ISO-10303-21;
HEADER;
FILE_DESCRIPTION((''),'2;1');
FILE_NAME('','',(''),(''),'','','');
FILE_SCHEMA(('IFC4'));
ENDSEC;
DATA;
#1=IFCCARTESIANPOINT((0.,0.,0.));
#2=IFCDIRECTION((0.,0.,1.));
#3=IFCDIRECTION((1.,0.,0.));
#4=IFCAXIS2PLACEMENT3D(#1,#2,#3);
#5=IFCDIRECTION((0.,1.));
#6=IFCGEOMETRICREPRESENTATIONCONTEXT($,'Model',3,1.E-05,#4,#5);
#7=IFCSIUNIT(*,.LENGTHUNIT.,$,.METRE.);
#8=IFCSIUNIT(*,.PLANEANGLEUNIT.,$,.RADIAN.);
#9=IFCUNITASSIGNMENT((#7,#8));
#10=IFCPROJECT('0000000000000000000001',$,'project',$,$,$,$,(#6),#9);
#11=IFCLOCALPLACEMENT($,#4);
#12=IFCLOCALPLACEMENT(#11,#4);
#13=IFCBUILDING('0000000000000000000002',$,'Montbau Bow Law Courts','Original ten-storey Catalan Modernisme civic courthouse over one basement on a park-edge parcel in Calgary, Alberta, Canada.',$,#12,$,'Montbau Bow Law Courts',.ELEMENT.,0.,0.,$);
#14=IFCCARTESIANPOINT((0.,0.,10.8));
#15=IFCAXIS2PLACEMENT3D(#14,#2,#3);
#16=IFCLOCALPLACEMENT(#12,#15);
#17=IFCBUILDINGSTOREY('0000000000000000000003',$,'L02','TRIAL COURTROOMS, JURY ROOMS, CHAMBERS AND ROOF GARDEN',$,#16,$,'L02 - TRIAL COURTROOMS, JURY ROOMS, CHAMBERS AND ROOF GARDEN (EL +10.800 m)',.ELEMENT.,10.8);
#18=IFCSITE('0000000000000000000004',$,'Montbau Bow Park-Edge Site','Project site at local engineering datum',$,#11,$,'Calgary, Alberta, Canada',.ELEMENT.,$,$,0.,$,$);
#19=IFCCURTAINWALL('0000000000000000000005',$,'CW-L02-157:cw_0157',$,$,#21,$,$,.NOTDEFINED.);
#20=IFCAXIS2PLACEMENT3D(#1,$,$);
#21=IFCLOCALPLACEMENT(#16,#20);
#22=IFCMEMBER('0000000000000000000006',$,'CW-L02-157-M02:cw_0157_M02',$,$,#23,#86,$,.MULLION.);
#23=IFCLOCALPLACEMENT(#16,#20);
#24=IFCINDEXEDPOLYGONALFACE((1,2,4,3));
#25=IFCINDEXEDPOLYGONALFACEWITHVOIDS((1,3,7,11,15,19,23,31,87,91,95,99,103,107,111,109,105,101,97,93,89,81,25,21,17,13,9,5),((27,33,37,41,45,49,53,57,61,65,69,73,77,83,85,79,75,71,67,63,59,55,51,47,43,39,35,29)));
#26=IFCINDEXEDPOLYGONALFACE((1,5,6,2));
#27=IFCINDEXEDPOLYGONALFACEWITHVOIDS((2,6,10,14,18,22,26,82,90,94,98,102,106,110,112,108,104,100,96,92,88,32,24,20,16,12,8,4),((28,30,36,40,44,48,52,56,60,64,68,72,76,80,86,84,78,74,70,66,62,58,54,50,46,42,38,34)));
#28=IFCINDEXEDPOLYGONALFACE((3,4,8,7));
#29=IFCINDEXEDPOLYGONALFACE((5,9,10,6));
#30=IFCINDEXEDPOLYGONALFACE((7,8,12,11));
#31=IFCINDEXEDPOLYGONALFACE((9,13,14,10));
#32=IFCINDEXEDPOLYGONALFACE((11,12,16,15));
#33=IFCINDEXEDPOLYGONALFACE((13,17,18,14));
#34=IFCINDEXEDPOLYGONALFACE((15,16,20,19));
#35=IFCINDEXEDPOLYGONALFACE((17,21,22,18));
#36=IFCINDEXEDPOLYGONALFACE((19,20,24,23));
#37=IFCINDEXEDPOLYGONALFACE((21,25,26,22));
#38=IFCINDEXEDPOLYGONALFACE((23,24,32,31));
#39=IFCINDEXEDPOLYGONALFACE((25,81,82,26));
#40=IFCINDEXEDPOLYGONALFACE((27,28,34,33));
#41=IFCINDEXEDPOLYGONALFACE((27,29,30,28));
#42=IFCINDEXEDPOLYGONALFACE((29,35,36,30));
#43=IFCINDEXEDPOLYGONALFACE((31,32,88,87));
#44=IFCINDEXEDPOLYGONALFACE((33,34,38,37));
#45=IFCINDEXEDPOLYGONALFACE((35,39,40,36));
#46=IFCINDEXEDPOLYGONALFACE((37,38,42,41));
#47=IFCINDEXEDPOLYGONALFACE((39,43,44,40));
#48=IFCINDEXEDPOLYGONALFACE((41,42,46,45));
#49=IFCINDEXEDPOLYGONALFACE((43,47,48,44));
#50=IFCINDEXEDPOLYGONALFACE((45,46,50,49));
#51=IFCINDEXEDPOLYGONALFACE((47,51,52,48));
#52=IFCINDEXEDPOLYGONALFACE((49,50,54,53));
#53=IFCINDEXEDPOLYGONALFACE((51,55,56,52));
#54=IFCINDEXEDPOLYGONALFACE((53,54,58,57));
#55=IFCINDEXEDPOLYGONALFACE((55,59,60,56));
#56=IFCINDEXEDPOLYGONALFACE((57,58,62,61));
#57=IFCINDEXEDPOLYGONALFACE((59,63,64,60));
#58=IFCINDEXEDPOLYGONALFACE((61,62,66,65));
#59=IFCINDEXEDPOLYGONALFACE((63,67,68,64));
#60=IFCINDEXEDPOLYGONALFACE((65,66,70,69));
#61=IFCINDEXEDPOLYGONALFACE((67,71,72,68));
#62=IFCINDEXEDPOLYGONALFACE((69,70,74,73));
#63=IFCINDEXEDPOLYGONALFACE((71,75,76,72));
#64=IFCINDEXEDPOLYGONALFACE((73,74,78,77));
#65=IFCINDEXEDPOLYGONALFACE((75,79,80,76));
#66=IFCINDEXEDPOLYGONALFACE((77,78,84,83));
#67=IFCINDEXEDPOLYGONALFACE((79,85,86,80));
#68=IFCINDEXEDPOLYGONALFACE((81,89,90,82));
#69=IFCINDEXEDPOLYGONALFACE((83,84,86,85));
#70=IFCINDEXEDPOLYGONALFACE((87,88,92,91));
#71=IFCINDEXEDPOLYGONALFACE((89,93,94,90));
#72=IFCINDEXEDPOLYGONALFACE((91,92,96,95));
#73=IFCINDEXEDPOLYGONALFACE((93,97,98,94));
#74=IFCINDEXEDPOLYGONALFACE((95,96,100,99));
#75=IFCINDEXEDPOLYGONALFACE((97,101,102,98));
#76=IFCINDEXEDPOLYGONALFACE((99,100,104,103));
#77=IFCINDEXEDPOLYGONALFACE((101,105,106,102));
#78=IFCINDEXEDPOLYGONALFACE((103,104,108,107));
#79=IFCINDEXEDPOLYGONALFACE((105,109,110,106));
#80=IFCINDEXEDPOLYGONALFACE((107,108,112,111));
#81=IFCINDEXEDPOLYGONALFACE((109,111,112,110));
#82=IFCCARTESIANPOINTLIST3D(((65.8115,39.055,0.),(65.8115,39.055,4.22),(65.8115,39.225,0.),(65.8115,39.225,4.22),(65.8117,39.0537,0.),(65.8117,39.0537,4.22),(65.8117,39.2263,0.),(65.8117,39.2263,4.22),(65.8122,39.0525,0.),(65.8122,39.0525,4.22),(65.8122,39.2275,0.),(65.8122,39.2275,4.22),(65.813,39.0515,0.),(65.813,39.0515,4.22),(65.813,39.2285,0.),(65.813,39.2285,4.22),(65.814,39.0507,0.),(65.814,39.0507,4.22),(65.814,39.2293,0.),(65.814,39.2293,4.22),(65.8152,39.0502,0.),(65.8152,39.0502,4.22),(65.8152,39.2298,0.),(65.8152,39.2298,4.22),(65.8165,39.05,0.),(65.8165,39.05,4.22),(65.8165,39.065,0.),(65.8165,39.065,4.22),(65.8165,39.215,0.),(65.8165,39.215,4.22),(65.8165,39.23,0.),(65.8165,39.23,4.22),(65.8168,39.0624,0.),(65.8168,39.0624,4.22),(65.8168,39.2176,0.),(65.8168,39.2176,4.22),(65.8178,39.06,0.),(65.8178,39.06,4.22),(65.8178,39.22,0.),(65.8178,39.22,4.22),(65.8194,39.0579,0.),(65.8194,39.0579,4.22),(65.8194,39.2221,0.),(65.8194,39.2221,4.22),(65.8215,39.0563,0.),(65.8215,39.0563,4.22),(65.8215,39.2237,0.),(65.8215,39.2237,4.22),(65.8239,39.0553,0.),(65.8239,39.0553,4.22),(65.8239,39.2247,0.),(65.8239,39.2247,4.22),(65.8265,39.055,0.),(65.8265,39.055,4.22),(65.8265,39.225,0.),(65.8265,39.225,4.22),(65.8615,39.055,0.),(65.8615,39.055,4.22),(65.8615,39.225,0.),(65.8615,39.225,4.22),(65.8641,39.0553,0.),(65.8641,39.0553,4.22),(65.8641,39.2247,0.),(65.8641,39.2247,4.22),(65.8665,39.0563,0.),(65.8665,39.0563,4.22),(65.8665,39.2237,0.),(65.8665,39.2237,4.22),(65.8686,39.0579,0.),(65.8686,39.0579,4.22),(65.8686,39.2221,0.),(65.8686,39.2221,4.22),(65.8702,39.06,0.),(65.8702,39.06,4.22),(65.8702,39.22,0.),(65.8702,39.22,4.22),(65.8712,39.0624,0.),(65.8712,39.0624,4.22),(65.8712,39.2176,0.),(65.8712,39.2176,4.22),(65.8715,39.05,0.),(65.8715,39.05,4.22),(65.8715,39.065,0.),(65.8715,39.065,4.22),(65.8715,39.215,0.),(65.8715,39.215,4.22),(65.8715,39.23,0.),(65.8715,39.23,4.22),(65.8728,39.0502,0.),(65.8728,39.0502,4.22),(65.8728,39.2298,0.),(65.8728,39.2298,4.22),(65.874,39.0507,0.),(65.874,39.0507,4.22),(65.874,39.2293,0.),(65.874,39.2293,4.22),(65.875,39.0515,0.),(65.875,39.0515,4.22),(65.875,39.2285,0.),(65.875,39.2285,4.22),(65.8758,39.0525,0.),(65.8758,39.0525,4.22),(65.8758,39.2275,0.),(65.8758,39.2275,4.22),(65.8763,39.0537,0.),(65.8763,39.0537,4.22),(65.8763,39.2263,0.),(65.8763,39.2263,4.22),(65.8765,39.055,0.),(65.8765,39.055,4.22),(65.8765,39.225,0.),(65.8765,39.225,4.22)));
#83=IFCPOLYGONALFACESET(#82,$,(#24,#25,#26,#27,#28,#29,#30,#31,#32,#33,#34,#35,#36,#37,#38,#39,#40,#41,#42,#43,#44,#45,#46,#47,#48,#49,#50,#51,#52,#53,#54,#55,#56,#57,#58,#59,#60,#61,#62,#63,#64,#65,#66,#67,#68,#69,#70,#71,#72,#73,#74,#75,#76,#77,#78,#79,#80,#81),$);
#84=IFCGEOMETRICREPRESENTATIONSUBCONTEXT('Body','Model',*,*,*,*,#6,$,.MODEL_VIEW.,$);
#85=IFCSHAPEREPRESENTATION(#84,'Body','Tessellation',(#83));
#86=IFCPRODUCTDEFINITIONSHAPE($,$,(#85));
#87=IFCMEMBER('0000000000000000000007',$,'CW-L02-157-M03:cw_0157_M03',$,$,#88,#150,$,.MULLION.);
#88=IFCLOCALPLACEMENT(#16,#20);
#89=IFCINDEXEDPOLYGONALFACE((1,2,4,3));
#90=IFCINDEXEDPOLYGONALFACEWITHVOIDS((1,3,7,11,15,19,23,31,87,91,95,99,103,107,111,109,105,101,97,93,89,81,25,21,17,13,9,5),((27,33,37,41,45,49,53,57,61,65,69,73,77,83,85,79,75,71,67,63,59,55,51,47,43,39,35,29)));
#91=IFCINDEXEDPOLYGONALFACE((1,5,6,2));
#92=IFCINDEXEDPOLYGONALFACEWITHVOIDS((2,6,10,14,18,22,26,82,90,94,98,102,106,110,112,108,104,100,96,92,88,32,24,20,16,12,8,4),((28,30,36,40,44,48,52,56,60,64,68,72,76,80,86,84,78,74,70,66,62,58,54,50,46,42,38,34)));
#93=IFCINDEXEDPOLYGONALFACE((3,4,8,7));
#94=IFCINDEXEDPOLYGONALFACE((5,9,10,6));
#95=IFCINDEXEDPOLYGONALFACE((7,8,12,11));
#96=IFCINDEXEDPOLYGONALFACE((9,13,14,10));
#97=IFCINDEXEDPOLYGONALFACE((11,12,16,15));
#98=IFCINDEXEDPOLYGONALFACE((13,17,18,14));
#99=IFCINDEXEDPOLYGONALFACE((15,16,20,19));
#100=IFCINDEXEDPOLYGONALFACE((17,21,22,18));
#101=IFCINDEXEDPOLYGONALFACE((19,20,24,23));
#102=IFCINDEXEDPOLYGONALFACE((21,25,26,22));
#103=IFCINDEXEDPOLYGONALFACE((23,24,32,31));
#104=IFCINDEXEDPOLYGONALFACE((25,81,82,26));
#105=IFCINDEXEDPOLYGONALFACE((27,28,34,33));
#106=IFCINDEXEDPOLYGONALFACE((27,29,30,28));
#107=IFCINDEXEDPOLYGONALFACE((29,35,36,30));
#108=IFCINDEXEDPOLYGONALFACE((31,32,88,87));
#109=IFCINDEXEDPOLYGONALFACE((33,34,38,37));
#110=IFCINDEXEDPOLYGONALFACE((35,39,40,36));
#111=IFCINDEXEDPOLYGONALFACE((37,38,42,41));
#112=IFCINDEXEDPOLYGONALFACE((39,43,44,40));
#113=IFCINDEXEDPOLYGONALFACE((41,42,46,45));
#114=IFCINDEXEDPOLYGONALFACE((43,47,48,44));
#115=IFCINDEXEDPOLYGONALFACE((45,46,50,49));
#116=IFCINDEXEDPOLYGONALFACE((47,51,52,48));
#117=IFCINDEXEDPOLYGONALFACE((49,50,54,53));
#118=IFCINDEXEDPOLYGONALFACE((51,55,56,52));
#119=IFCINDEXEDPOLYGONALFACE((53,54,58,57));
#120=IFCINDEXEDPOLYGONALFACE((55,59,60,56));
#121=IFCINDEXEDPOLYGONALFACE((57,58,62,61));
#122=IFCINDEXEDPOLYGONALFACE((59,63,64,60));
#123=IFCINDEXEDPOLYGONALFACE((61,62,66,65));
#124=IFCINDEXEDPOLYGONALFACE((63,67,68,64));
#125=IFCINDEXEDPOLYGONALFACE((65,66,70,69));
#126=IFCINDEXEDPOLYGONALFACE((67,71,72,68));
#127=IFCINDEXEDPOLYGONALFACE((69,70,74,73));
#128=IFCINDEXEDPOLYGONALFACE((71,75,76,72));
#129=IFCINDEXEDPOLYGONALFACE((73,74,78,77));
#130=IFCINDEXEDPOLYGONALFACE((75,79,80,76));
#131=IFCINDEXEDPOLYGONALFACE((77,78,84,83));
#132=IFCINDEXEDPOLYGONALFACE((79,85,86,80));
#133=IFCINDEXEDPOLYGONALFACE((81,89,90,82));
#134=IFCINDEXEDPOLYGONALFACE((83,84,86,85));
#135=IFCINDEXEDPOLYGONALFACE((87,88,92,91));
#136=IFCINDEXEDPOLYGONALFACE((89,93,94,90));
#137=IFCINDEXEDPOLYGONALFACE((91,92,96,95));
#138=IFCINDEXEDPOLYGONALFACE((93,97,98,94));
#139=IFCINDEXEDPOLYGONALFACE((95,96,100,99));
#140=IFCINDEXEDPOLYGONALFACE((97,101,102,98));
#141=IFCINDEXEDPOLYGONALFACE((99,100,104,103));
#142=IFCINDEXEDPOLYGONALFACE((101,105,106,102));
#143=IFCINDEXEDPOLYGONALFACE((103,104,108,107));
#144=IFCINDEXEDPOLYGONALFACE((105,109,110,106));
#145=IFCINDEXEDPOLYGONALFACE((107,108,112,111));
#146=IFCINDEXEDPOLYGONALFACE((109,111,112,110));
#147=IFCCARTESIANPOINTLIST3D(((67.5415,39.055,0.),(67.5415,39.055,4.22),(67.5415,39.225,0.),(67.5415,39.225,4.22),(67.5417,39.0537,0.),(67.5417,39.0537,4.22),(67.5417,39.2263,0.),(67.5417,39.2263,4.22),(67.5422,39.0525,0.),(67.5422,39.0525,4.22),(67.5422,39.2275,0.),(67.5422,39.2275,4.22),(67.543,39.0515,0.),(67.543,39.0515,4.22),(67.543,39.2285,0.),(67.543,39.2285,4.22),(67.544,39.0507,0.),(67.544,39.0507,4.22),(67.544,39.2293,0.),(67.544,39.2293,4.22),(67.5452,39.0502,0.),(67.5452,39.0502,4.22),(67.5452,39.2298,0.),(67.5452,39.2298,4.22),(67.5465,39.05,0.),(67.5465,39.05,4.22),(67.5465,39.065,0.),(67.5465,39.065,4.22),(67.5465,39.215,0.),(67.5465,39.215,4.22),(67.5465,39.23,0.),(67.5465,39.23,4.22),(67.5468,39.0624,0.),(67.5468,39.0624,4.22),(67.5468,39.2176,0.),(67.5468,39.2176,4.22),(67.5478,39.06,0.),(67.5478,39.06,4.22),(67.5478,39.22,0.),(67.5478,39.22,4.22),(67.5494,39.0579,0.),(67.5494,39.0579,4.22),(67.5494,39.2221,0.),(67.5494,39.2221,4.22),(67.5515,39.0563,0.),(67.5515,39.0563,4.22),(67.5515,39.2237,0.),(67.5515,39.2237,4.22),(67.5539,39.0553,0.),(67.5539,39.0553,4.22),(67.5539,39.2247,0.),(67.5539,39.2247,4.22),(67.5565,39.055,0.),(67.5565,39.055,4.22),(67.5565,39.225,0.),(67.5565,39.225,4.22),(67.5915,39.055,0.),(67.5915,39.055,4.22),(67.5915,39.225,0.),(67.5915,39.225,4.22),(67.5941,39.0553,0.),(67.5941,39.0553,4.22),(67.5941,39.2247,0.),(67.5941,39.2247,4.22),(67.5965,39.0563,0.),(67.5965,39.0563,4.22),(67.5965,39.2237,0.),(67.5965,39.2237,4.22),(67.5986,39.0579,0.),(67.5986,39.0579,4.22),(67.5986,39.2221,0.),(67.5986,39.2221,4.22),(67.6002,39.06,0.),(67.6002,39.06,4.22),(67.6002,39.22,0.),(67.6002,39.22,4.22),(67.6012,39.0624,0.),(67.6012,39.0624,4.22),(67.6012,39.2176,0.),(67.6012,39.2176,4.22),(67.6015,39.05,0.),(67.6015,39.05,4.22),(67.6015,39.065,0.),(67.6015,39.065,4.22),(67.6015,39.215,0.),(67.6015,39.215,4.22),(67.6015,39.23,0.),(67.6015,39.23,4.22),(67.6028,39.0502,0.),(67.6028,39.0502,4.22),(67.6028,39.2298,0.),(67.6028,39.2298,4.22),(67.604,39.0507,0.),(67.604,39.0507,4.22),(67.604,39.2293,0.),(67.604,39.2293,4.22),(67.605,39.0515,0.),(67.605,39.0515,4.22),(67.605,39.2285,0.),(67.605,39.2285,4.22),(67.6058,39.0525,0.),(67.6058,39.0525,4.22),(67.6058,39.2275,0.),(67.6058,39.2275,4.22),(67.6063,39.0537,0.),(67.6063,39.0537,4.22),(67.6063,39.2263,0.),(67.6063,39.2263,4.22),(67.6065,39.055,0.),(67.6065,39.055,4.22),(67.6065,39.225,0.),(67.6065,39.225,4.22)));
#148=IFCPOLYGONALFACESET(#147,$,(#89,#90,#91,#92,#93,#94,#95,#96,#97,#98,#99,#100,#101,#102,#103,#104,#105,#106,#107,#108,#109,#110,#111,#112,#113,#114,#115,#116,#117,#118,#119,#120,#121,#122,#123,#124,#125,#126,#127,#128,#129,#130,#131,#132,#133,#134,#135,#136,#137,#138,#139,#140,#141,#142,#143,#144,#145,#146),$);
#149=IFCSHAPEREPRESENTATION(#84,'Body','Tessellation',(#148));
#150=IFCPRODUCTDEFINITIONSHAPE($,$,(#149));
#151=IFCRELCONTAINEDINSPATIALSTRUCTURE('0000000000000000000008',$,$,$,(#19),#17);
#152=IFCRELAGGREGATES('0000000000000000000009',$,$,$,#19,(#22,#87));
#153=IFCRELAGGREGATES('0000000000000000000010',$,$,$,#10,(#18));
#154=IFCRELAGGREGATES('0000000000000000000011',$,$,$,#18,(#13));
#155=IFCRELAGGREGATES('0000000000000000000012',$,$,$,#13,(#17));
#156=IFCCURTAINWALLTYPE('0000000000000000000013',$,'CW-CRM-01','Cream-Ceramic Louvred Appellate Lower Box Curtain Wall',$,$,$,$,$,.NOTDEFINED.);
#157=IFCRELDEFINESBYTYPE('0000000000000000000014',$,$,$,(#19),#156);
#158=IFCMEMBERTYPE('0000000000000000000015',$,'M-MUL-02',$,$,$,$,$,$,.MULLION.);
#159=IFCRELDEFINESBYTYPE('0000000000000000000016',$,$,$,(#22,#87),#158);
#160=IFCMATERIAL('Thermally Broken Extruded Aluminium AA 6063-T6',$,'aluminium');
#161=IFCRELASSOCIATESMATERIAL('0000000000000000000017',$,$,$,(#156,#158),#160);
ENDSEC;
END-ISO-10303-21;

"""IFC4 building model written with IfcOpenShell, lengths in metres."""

from ifc_helpers import new_model, si_unit, direction, frame, origin_with_axes, origin_2d_with_axis, place, context, subcontext, project, spatial, hollow_rectangle, extrude, material, material_profile, profile_set, type_object, element, aggregate, save


model = new_model("IFC4")

# Units and contexts
model_context = context("Model", 3, precision=1e-05, world=origin_with_axes(), true_north=direction((0.0, 1.0)))
body_context = subcontext(model_context, "Body", "Model", "MODEL_VIEW")
ifc_project = project(units=[si_unit("LENGTHUNIT", "METRE"), si_unit("PLANEANGLEUNIT", "RADIAN")], contexts=[model_context])

# Site, building, storey
site_placement = place(None, origin_with_axes())
site = spatial("IfcSite", under=ifc_project, at=site_placement, Name="Montbau Bow Park-Edge Site", Description="Project site at local engineering datum", LongName="Calgary, Alberta, Canada", CompositionType="ELEMENT", RefElevation=0.0)
building_placement = place(site_placement, origin_with_axes())
building = spatial("IfcBuilding", under=site, at=building_placement, Name="Montbau Bow Law Courts", Description="Original ten-storey Catalan Modernisme civic courthouse over one basement on a park-edge parcel in Calgary, Alberta, Canada.", LongName="Montbau Bow Law Courts", CompositionType="ELEMENT", ElevationOfRefHeight=0.0, ElevationOfTerrain=0.0)
storey_placement = place(building_placement, frame((0.0, 0.0, 10.8), z_axis=(0.0, 0.0, 1.0), x_axis=(1.0, 0.0, 0.0)))
storey = spatial("IfcBuildingStorey", under=building, at=storey_placement, Name="L02", Description="TRIAL COURTROOMS, JURY ROOMS, CHAMBERS AND ROOF GARDEN", LongName="L02 - TRIAL COURTROOMS, JURY ROOMS, CHAMBERS AND ROOF GARDEN (EL +10.800 m)", CompositionType="ELEMENT", Elevation=10.8)

# Curtain wall, members
ifc_material_1 = material(Name="Thermally Broken Extruded Aluminium AA 6063-T6", Category="aluminium")
curtain_wall_type = type_object("IfcCurtainWallType", Name="CW-CRM-01", Description="Cream-Ceramic Louvred Appellate Lower Box Curtain Wall", PredefinedType="NOTDEFINED", material=ifc_material_1)
curtain_wall_placement = place(None, frame((64.115, 39.14, 10.8), z_axis=(0.0, 0.0, 1.0), x_axis=(1.0, 0.0, 0.0)))
curtain_wall = element("IfcCurtainWall", 1, at=curtain_wall_placement, inside=storey, type_object=curtain_wall_type, Name="CW-L02-157:cw_0157", PredefinedType="NOTDEFINED")
ifc_material_profile_1 = material_profile(ifc_material_1, hollow_rectangle(XDim=0.065, YDim=0.18, WallThickness=0.005, InnerFilletRadius=0.01, OuterFilletRadius=0.005, at=origin_2d_with_axis()), Name="CWM-180X65", Category="Main", Priority=0)
ifc_profile_set_1 = profile_set([ifc_material_profile_1], Name="Thermally Broken Extruded Aluminium AA 6063-T6")
member_type_1 = type_object("IfcMemberType", Name="M-MUL-02", PredefinedType="MULLION", material=ifc_profile_set_1)
member_1_placement = place(None, frame((65.844, 39.14, 10.8), z_axis=(0.0, 0.0, 1.0), x_axis=(1.0, 0.0, 0.0)))
member_1 = element("IfcMember", 2, at=member_1_placement, type_object=member_type_1, Name="CW-L02-157-M02:cw_0157_M02", PredefinedType="MULLION", context=body_context, shape_type="SweptSolid", body=[
    extrude(hollow_rectangle(XDim=0.065, YDim=0.18, WallThickness=0.005, InnerFilletRadius=0.01, OuterFilletRadius=0.005, at=origin_2d_with_axis()), origin_with_axes(), (0.0, 0.0, 1.0), 4.22),
])
member_2_placement = place(None, frame((67.574, 39.14, 10.8), z_axis=(0.0, 0.0, 1.0), x_axis=(1.0, 0.0, 0.0)))
member_2 = element("IfcMember", 3, at=member_2_placement, type_object=member_type_1, Name="CW-L02-157-M03:cw_0157_M03", PredefinedType="MULLION", context=body_context, shape_type="SweptSolid", body=[
    extrude(hollow_rectangle(XDim=0.065, YDim=0.18, WallThickness=0.005, InnerFilletRadius=0.01, OuterFilletRadius=0.005, at=origin_2d_with_axis()), origin_with_axes(), (0.0, 0.0, 1.0), 4.22),
])
aggregate(curtain_wall, [member_1, member_2])

save(model, "model.ifc")
